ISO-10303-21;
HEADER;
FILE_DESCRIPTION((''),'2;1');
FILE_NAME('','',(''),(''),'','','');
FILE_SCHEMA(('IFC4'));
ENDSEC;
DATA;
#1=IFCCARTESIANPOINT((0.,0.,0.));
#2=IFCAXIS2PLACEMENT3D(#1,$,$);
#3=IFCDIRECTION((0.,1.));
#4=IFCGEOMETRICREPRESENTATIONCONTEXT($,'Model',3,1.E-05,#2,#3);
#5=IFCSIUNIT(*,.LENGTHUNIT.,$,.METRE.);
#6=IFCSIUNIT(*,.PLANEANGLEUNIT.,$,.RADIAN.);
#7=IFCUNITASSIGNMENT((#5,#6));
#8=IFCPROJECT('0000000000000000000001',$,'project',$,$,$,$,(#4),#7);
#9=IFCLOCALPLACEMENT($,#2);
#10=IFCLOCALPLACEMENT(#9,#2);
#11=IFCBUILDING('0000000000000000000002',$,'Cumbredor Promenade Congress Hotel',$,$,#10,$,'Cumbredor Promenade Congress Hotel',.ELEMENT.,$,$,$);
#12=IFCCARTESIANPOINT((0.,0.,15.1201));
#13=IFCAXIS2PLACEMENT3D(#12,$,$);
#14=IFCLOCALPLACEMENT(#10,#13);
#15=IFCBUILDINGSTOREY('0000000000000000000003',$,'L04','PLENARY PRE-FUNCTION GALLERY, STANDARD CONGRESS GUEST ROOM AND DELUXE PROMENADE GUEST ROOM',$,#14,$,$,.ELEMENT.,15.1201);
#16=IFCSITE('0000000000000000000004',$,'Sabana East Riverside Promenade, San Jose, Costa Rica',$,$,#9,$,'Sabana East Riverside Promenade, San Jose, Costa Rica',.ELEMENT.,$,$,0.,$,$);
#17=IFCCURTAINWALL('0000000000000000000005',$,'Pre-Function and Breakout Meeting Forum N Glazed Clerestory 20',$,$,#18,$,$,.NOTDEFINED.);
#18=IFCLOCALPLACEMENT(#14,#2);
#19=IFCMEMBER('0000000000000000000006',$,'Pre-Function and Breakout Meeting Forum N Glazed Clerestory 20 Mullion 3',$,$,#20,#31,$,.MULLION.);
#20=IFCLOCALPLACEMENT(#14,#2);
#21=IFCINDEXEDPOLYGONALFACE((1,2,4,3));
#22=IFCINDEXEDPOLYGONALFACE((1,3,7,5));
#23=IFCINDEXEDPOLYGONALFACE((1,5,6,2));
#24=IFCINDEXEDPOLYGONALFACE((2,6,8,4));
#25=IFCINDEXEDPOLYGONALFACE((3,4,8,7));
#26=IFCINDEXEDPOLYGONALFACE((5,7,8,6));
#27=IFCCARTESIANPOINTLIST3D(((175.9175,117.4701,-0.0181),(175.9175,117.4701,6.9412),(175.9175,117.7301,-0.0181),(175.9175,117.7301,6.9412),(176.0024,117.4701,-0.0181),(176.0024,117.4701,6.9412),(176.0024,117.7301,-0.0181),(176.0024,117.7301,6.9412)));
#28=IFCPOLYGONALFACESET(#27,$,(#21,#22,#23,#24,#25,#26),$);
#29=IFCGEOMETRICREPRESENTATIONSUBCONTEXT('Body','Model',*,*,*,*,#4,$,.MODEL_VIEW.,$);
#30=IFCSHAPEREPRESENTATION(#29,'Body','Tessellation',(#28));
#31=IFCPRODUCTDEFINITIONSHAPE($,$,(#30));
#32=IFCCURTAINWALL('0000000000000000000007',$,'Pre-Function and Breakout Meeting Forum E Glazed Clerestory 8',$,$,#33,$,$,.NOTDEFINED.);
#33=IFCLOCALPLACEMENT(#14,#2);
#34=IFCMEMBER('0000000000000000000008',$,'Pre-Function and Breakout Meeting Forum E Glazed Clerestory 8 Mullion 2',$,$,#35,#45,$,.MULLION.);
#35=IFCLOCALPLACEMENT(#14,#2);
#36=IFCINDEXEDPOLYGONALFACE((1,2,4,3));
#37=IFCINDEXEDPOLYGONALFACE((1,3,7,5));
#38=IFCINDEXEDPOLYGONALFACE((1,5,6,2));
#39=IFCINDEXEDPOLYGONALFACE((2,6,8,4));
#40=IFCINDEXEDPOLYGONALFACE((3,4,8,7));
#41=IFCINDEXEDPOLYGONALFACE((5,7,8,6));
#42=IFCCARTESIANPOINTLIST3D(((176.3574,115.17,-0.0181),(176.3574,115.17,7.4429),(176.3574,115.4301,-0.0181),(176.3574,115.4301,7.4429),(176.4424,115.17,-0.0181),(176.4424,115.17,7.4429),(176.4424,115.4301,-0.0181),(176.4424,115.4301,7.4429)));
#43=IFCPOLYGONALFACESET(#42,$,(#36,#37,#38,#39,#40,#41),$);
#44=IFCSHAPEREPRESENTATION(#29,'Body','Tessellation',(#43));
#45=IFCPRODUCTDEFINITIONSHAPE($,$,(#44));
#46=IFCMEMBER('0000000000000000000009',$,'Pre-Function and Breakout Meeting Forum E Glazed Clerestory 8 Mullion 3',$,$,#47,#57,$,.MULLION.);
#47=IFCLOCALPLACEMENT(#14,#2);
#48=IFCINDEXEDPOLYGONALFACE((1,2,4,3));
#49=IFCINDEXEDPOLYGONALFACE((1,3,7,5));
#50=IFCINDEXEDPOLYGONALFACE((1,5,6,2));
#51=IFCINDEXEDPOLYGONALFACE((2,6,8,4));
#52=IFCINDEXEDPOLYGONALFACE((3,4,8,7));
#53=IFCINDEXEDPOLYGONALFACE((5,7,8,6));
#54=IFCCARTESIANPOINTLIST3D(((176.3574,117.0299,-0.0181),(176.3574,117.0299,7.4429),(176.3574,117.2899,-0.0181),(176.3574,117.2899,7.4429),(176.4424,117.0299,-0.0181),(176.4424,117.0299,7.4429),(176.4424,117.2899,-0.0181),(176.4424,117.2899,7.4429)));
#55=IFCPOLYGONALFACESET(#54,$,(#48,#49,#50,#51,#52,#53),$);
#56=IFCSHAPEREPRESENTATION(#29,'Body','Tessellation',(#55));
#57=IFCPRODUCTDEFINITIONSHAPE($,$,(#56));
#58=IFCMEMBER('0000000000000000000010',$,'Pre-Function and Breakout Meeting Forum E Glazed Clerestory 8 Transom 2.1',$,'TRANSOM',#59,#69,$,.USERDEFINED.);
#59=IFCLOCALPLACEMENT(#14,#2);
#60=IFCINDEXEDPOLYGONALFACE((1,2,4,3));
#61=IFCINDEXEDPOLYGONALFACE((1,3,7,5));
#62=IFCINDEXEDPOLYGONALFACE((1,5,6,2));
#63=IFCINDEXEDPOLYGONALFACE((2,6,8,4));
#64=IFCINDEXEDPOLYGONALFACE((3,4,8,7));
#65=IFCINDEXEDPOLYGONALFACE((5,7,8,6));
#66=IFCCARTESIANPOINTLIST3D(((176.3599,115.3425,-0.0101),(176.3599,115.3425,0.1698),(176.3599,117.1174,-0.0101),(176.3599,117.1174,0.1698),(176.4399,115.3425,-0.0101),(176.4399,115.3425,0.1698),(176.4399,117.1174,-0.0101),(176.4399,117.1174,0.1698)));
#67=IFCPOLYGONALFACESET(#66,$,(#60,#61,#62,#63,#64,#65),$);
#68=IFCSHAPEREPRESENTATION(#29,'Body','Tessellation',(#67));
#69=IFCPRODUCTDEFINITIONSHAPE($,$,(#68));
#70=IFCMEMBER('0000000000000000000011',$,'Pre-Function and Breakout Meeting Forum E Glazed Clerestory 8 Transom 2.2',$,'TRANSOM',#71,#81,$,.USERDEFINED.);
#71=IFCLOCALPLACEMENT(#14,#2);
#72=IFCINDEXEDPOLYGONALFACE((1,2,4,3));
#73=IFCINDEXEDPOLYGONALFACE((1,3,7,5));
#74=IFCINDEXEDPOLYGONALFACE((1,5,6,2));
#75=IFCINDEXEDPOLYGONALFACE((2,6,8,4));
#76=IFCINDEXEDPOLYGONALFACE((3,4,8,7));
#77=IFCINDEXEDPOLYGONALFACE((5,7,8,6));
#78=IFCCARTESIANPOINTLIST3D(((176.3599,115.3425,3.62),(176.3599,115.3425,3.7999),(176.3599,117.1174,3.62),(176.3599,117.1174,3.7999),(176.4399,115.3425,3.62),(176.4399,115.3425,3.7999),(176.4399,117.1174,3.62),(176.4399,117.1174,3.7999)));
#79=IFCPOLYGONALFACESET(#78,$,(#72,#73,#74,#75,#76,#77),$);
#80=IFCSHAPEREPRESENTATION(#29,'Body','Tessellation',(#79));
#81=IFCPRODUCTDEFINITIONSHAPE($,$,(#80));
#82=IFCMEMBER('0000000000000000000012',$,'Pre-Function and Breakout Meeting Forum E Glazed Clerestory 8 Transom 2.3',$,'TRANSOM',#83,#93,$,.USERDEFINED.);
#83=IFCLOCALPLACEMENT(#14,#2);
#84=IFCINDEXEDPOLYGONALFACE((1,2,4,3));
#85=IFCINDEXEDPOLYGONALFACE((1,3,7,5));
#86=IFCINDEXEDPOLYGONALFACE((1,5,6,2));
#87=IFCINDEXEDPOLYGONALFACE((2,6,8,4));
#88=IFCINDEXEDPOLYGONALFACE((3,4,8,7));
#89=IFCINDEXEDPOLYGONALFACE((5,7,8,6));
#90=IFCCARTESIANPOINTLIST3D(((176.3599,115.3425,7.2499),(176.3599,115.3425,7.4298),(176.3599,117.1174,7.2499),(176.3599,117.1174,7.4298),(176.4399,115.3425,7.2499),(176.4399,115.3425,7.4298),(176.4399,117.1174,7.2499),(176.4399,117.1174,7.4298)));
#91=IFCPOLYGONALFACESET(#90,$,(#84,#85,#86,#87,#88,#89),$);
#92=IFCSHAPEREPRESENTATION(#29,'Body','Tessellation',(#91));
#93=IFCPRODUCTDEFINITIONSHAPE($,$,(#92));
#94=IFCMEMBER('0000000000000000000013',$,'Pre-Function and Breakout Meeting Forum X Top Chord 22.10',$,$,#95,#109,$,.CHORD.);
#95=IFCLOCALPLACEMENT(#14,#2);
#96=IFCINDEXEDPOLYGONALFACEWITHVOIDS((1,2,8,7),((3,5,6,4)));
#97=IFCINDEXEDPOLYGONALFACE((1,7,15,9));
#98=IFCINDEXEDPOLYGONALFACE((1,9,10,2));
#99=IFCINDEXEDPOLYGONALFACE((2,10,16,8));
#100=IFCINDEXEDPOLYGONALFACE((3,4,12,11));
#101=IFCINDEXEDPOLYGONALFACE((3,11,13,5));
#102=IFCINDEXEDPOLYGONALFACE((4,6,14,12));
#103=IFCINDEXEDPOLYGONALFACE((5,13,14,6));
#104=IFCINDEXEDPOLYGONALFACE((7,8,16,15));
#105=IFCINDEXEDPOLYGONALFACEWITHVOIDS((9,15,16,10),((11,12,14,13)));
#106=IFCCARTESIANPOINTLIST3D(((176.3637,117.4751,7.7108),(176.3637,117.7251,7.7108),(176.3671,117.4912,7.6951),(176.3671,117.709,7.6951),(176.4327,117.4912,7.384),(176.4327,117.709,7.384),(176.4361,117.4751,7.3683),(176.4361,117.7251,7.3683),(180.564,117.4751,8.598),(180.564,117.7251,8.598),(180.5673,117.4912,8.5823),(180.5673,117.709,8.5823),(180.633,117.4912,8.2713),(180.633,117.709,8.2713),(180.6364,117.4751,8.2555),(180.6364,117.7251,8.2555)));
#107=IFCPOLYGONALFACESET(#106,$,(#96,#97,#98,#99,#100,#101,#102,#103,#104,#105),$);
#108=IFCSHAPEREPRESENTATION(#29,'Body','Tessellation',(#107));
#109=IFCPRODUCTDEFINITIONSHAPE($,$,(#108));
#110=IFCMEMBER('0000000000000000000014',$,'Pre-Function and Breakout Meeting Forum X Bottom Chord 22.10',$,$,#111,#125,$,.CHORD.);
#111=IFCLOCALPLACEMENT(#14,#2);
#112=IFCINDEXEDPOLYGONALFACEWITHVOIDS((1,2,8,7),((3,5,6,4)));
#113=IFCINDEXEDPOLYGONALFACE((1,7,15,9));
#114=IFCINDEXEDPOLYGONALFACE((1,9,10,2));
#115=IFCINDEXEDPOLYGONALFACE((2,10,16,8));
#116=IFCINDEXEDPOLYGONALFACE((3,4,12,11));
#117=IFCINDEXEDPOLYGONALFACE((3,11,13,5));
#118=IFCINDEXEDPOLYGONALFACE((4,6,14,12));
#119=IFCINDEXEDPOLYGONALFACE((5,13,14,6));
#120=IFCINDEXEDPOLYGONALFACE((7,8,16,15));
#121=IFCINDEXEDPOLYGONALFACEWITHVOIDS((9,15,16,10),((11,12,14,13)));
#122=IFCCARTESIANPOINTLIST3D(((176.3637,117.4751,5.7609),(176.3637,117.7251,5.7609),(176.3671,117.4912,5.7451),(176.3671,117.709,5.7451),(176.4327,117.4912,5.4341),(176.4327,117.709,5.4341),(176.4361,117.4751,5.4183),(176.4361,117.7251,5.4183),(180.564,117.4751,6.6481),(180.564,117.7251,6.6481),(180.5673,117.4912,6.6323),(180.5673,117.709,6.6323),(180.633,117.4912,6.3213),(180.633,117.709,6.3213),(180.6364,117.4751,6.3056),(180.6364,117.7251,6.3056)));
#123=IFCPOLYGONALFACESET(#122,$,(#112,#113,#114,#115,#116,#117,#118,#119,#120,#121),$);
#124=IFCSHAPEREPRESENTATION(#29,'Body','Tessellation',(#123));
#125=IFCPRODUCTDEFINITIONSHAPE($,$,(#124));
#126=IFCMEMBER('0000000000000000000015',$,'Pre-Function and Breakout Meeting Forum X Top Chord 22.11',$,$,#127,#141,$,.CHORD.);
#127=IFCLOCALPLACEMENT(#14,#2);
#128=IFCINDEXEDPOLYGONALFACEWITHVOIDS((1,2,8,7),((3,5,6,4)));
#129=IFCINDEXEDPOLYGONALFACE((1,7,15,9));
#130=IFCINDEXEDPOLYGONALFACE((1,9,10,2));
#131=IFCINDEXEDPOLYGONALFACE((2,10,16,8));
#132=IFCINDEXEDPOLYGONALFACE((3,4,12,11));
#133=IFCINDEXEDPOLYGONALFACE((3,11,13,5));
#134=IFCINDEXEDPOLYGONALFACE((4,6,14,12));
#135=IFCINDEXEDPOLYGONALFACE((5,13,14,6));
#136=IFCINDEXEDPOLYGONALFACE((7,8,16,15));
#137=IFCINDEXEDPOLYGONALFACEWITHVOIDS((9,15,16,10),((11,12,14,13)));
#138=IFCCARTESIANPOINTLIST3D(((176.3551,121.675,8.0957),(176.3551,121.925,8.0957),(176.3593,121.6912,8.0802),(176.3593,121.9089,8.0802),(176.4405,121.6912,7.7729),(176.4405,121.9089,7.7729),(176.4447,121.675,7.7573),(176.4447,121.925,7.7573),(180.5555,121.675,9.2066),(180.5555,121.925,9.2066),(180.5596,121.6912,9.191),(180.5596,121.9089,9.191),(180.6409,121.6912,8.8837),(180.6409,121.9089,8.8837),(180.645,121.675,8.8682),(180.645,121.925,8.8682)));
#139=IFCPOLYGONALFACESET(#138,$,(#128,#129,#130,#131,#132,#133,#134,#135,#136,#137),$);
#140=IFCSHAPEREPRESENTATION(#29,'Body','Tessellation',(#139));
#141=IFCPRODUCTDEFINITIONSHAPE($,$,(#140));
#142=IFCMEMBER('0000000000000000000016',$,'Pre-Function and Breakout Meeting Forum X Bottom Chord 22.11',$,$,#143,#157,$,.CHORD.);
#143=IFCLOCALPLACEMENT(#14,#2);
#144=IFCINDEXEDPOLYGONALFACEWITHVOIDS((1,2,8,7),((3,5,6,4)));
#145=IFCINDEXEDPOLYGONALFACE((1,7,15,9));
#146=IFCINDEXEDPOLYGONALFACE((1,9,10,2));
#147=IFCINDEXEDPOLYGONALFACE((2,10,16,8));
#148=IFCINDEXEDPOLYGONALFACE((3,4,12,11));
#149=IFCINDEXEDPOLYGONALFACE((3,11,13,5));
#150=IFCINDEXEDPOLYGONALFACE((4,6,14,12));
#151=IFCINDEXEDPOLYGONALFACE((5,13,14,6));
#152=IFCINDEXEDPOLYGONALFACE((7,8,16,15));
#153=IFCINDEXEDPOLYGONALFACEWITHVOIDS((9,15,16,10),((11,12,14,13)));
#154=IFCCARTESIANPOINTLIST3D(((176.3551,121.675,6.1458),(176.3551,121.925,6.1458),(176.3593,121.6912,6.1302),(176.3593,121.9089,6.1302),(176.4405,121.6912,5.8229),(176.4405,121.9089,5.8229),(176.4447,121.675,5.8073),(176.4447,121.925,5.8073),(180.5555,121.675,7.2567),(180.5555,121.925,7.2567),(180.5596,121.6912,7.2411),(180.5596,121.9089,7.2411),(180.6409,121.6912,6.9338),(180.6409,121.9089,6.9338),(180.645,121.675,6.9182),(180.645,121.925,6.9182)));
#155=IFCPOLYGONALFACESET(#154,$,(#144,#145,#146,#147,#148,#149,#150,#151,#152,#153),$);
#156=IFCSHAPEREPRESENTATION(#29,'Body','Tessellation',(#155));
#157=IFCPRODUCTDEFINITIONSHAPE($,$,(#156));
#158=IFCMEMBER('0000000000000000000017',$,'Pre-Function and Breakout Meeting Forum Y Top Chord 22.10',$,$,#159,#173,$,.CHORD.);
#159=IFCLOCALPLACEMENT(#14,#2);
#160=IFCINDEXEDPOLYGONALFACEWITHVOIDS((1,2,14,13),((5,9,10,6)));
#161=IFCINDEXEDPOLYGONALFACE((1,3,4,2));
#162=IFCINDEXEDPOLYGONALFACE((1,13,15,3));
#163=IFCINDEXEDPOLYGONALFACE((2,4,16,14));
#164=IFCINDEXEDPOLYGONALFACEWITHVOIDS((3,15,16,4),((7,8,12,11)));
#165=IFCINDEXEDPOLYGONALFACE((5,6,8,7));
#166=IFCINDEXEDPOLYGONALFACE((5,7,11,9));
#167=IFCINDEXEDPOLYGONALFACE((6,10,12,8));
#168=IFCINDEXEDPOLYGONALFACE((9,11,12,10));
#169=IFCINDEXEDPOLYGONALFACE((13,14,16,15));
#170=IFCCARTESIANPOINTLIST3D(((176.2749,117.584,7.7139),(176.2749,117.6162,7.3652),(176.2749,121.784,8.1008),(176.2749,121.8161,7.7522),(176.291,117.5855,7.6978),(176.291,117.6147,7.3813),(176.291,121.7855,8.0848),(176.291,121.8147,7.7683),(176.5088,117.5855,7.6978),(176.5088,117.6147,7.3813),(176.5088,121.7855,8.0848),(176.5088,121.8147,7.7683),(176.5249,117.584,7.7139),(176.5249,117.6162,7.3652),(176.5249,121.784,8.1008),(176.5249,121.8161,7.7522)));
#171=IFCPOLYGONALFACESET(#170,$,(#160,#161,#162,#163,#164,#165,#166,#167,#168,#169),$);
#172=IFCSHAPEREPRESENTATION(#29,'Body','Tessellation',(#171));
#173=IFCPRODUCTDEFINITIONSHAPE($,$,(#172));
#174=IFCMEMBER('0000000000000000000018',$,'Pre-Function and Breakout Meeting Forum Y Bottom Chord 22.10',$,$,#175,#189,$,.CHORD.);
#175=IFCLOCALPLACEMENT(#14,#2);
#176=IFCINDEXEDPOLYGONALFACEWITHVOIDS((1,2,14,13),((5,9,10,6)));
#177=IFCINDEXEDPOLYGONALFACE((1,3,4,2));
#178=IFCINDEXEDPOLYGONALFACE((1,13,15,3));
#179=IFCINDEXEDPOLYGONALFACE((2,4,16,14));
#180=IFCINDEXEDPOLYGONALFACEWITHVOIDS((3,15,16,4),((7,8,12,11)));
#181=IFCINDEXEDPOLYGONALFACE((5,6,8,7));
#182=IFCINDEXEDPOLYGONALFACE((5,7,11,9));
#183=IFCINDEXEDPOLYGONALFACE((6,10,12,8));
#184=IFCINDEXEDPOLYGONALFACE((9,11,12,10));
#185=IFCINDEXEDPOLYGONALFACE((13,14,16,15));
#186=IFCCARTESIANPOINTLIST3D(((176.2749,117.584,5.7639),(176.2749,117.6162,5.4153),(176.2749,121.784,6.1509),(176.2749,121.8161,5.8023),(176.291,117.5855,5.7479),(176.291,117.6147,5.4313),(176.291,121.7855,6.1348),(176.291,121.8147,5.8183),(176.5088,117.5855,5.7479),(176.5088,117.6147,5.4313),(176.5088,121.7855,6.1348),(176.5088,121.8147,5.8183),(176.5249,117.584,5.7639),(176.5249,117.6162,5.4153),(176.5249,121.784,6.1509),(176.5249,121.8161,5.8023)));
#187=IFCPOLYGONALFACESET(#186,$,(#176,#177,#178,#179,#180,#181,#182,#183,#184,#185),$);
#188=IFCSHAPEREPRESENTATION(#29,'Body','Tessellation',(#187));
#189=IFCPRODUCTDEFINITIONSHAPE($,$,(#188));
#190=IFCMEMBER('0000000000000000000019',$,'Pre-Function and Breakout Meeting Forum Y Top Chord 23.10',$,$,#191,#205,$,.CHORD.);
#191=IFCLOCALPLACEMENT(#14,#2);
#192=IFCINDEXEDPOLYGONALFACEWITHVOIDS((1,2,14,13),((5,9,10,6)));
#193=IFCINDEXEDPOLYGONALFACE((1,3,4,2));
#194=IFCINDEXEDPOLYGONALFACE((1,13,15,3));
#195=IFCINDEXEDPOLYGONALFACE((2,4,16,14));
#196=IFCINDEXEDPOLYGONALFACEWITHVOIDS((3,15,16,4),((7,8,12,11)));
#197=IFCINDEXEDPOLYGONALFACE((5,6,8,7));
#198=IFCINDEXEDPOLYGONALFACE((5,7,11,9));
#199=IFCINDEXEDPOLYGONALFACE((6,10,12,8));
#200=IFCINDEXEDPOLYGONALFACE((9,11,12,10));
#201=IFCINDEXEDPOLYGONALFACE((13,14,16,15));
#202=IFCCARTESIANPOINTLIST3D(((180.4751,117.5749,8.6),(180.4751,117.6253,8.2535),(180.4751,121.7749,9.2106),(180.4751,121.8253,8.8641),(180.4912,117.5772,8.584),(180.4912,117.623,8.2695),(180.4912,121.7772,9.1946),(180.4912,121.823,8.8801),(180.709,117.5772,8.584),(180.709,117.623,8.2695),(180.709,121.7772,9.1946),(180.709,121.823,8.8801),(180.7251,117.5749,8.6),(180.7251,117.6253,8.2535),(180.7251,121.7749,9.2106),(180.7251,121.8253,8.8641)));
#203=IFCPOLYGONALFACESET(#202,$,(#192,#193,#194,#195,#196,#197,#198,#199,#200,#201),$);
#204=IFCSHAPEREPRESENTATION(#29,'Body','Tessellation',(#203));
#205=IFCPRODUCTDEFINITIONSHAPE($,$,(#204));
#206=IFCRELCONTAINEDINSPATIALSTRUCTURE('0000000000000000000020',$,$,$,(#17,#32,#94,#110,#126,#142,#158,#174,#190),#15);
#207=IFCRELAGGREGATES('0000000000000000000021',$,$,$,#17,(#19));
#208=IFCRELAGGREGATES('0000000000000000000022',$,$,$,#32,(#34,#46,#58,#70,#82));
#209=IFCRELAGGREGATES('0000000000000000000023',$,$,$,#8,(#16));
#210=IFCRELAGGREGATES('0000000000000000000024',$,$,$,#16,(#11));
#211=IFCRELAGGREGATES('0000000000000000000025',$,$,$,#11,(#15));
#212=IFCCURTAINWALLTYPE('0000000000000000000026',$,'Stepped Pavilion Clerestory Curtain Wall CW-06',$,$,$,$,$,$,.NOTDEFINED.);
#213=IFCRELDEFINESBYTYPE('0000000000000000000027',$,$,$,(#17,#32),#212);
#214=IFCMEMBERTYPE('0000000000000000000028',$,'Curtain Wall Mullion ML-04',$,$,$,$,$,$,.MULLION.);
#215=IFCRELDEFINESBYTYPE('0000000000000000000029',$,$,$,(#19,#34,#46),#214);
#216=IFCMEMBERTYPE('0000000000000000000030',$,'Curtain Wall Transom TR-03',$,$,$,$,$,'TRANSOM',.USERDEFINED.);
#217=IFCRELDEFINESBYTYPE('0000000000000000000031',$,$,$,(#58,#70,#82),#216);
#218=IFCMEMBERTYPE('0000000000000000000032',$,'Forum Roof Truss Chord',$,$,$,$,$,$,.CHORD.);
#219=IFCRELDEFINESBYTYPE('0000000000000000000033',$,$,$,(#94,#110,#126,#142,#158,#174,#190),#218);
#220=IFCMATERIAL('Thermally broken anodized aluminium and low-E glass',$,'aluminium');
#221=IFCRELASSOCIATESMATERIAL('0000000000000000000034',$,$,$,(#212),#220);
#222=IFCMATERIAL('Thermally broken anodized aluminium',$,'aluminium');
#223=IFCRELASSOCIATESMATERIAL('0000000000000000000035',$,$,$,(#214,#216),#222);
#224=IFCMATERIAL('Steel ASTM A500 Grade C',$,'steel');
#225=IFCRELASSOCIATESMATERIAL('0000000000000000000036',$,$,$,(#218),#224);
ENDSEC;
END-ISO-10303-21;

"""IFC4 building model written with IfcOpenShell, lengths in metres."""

from ifc_helpers import new_model, si_unit, direction, frame, origin, origin_2d, place, context, subcontext, project, spatial, rectangle, hollow_rectangle, extrude, material, material_profile, profile_set, type_object, element, aggregate, save


model = new_model("IFC4")

# Units and contexts
model_context = context("Model", 3, precision=1e-05, world=origin(), true_north=direction((0.0, 1.0)))
body_context = subcontext(model_context, "Body", "Model", "MODEL_VIEW")
ifc_project = project(units=[si_unit("LENGTHUNIT", "METRE"), si_unit("PLANEANGLEUNIT", "RADIAN")], contexts=[model_context])

# Site, building, storey
site_placement = place(None, origin())
site = spatial("IfcSite", under=ifc_project, at=site_placement, Name="Sabana East Riverside Promenade, San Jose, Costa Rica", LongName="Sabana East Riverside Promenade, San Jose, Costa Rica", CompositionType="ELEMENT", RefElevation=0.0)
building_placement = place(site_placement, origin())
building = spatial("IfcBuilding", under=site, at=building_placement, Name="Cumbredor Promenade Congress Hotel", LongName="Cumbredor Promenade Congress Hotel", CompositionType="ELEMENT")
storey_placement = place(building_placement, frame((0.0, 0.0, 15.1201)))
storey = spatial("IfcBuildingStorey", under=building, at=storey_placement, Name="L04", Description="PLENARY PRE-FUNCTION GALLERY, STANDARD CONGRESS GUEST ROOM AND DELUXE PROMENADE GUEST ROOM", CompositionType="ELEMENT", Elevation=15.1201)

# Curtain wall, member
ifc_material_1 = material(Name="Thermally broken anodized aluminium and low-E glass", Category="aluminium")
curtain_wall_type = type_object("IfcCurtainWallType", Name="Stepped Pavilion Clerestory Curtain Wall CW-06", PredefinedType="NOTDEFINED", material=ifc_material_1)
curtain_wall_1_placement = place(storey_placement, origin())
curtain_wall_1 = element("IfcCurtainWall", 1, at=curtain_wall_1_placement, inside=storey, type_object=curtain_wall_type, Name="Pre-Function and Breakout Meeting Forum N Glazed Clerestory 20", PredefinedType="NOTDEFINED")
ifc_material_2 = material(Name="Thermally broken anodized aluminium", Category="aluminium")
ifc_material_profile_1 = material_profile(ifc_material_2, rectangle(XDim=0.085, YDim=0.26, at=origin_2d()), Name="ALU MULLION CLERESTORY 85x260")
ifc_profile_set_1 = profile_set([ifc_material_profile_1], Name="Thermally broken anodized aluminium")
member_type_1 = type_object("IfcMemberType", Name="Curtain Wall Mullion ML-04", PredefinedType="MULLION", material=ifc_profile_set_1)
member_1_placement = place(storey_placement, frame((175.96, 117.6001, -0.0181), z_axis=(0.0, 0.0, 1.0), x_axis=(1.0, 0.0, 0.0)))
member_1 = element("IfcMember", 2, at=member_1_placement, type_object=member_type_1, Name="Pre-Function and Breakout Meeting Forum N Glazed Clerestory 20 Mullion 3", PredefinedType="MULLION", context=body_context, shape_type="SweptSolid", body=[
    extrude(rectangle(XDim=0.085, YDim=0.26, at=origin_2d()), origin(), (0.0, 0.0, 1.0), 6.9592),
])
aggregate(curtain_wall_1, [member_1])

# Curtain wall, members
curtain_wall_2_placement = place(storey_placement, origin())
curtain_wall_2 = element("IfcCurtainWall", 3, at=curtain_wall_2_placement, inside=storey, type_object=curtain_wall_type, Name="Pre-Function and Breakout Meeting Forum E Glazed Clerestory 8", PredefinedType="NOTDEFINED")
member_2_placement = place(storey_placement, frame((176.3999, 115.3, -0.0181), z_axis=(0.0, 0.0, 1.0), x_axis=(1.0, 0.0, 0.0)))
member_2 = element("IfcMember", 4, at=member_2_placement, type_object=member_type_1, Name="Pre-Function and Breakout Meeting Forum E Glazed Clerestory 8 Mullion 2", PredefinedType="MULLION", context=body_context, shape_type="SweptSolid", body=[
    extrude(rectangle(XDim=0.085, YDim=0.26, at=origin_2d()), origin(), (0.0, 0.0, 1.0), 7.4609),
])
member_3_placement = place(storey_placement, frame((176.3999, 117.1599, -0.0181), z_axis=(0.0, 0.0, 1.0), x_axis=(1.0, 0.0, 0.0)))
member_3 = element("IfcMember", 5, at=member_3_placement, type_object=member_type_1, Name="Pre-Function and Breakout Meeting Forum E Glazed Clerestory 8 Mullion 3", PredefinedType="MULLION", context=body_context, shape_type="SweptSolid", body=[
    extrude(rectangle(XDim=0.085, YDim=0.26, at=origin_2d()), origin(), (0.0, 0.0, 1.0), 7.4609),
])
ifc_material_profile_2 = material_profile(ifc_material_2, rectangle(XDim=0.0801, YDim=0.1799, at=origin_2d()), Name="ALU TRANSOM 80x180")
ifc_profile_set_2 = profile_set([ifc_material_profile_2], Name="Thermally broken anodized aluminium")
member_type_2 = type_object("IfcMemberType", Name="Curtain Wall Transom TR-03", ElementType="TRANSOM", PredefinedType="USERDEFINED", material=ifc_profile_set_2)
member_4_placement = place(storey_placement, frame((176.3999, 115.3425, 0.0798), z_axis=(0.0, 1.0, 0.0), x_axis=(-1.0, 0.0, 0.0)))
member_4 = element("IfcMember", 6, at=member_4_placement, type_object=member_type_2, Name="Pre-Function and Breakout Meeting Forum E Glazed Clerestory 8 Transom 2.1", ObjectType="TRANSOM", PredefinedType="USERDEFINED", context=body_context, shape_type="SweptSolid", body=[
    extrude(rectangle(XDim=0.0801, YDim=0.1799, at=origin_2d()), origin(), (0.0, 0.0, 1.0), 1.7749),
])
member_5_placement = place(storey_placement, frame((176.3999, 115.3425, 3.71), z_axis=(0.0, 1.0, 0.0), x_axis=(-1.0, 0.0, 0.0)))
member_5 = element("IfcMember", 7, at=member_5_placement, type_object=member_type_2, Name="Pre-Function and Breakout Meeting Forum E Glazed Clerestory 8 Transom 2.2", ObjectType="TRANSOM", PredefinedType="USERDEFINED", context=body_context, shape_type="SweptSolid", body=[
    extrude(rectangle(XDim=0.0801, YDim=0.1799, at=origin_2d()), origin(), (0.0, 0.0, 1.0), 1.7749),
])
member_6_placement = place(storey_placement, frame((176.3999, 115.3425, 7.3398), z_axis=(0.0, 1.0, 0.0), x_axis=(-1.0, 0.0, 0.0)))
member_6 = element("IfcMember", 8, at=member_6_placement, type_object=member_type_2, Name="Pre-Function and Breakout Meeting Forum E Glazed Clerestory 8 Transom 2.3", ObjectType="TRANSOM", PredefinedType="USERDEFINED", context=body_context, shape_type="SweptSolid", body=[
    extrude(rectangle(XDim=0.0801, YDim=0.1799, at=origin_2d()), origin(), (0.0, 0.0, 1.0), 1.7749),
])

# Members
ifc_material_3 = material(Name="Steel ASTM A500 Grade C", Category="steel")
ifc_material_profile_3 = material_profile(ifc_material_3, hollow_rectangle(XDim=0.25, YDim=0.3501, WallThickness=0.0161, at=origin_2d()), Name="HSS 350x250x16")
ifc_profile_set_3 = profile_set([ifc_material_profile_3], Name="Steel ASTM A500 Grade C")
member_type_3 = type_object("IfcMemberType", Name="Forum Roof Truss Chord", PredefinedType="CHORD", material=ifc_profile_set_3)
for number, where, z_axis, x_axis, name in (
    (9, (176.3999, 117.6001, 7.5396), (0.978411, 0.0, 0.20667), (0.0, 1.0, 0.0), "Pre-Function and Breakout Meeting Forum X Top Chord 22.10"),
    (10, (176.3999, 117.6001, 5.5896), (0.978411, 0.0, 0.20667), (0.0, 1.0, 0.0), "Pre-Function and Breakout Meeting Forum X Bottom Chord 22.10"),
):
    element("IfcMember", number, at=place(storey_placement, frame(where, z_axis=z_axis, x_axis=x_axis)), inside=storey, type_object=member_type_3, Name=name, PredefinedType="CHORD", context=body_context, shape_type="SweptSolid", body=[
        extrude(hollow_rectangle(XDim=0.25, YDim=0.3501, WallThickness=0.0161, at=origin_2d()), origin(), (0.0, 0.0, 1.0), 4.293),
    ])
for number, where, z_axis, x_axis, name in (
    (11, (176.3999, 121.8, 7.9265), (0.966761, 0.0, 0.255682), (0.0, 1.0, 0.0), "Pre-Function and Breakout Meeting Forum X Top Chord 22.11"),
    (12, (176.3999, 121.8, 5.9766), (0.966761, 0.0, 0.255682), (0.0, 1.0, 0.0), "Pre-Function and Breakout Meeting Forum X Bottom Chord 22.11"),
):
    element("IfcMember", number, at=place(storey_placement, frame(where, z_axis=z_axis, x_axis=x_axis)), inside=storey, type_object=member_type_3, Name=name, PredefinedType="CHORD", context=body_context, shape_type="SweptSolid", body=[
        extrude(hollow_rectangle(XDim=0.25, YDim=0.3501, WallThickness=0.0161, at=origin_2d()), origin(), (0.0, 0.0, 1.0), 4.3447),
    ])
for number, where, z_axis, x_axis, name in (
    (13, (176.3999, 117.6001, 7.5396), (0.0, 0.995782, 0.091747), (-1.0, 0.0, 0.0), "Pre-Function and Breakout Meeting Forum Y Top Chord 22.10"),
    (14, (176.3999, 117.6001, 5.5896), (0.0, 0.995782, 0.091747), (-1.0, 0.0, 0.0), "Pre-Function and Breakout Meeting Forum Y Bottom Chord 22.10"),
):
    element("IfcMember", number, at=place(storey_placement, frame(where, z_axis=z_axis, x_axis=x_axis)), inside=storey, type_object=member_type_3, Name=name, PredefinedType="CHORD", context=body_context, shape_type="SweptSolid", body=[
        extrude(hollow_rectangle(XDim=0.25, YDim=0.3501, WallThickness=0.0161, at=origin_2d()), origin(), (0.0, 0.0, 1.0), 4.2178),
    ])
for number, where, z_axis, x_axis, name in (
    (15, (180.6001, 117.6001, 8.4268), (0.0, 0.989597, 0.143869), (-1.0, 0.0, 0.0), "Pre-Function and Breakout Meeting Forum Y Top Chord 23.10"),
):
    element("IfcMember", number, at=place(storey_placement, frame(where, z_axis=z_axis, x_axis=x_axis)), inside=storey, type_object=member_type_3, Name=name, PredefinedType="CHORD", context=body_context, shape_type="SweptSolid", body=[
        extrude(hollow_rectangle(XDim=0.25, YDim=0.3501, WallThickness=0.0161, at=origin_2d()), origin(), (0.0, 0.0, 1.0), 4.2441),
    ])

aggregate(curtain_wall_2, [member_2, member_3, member_4, member_5, member_6])

save(model, "model.ifc")
